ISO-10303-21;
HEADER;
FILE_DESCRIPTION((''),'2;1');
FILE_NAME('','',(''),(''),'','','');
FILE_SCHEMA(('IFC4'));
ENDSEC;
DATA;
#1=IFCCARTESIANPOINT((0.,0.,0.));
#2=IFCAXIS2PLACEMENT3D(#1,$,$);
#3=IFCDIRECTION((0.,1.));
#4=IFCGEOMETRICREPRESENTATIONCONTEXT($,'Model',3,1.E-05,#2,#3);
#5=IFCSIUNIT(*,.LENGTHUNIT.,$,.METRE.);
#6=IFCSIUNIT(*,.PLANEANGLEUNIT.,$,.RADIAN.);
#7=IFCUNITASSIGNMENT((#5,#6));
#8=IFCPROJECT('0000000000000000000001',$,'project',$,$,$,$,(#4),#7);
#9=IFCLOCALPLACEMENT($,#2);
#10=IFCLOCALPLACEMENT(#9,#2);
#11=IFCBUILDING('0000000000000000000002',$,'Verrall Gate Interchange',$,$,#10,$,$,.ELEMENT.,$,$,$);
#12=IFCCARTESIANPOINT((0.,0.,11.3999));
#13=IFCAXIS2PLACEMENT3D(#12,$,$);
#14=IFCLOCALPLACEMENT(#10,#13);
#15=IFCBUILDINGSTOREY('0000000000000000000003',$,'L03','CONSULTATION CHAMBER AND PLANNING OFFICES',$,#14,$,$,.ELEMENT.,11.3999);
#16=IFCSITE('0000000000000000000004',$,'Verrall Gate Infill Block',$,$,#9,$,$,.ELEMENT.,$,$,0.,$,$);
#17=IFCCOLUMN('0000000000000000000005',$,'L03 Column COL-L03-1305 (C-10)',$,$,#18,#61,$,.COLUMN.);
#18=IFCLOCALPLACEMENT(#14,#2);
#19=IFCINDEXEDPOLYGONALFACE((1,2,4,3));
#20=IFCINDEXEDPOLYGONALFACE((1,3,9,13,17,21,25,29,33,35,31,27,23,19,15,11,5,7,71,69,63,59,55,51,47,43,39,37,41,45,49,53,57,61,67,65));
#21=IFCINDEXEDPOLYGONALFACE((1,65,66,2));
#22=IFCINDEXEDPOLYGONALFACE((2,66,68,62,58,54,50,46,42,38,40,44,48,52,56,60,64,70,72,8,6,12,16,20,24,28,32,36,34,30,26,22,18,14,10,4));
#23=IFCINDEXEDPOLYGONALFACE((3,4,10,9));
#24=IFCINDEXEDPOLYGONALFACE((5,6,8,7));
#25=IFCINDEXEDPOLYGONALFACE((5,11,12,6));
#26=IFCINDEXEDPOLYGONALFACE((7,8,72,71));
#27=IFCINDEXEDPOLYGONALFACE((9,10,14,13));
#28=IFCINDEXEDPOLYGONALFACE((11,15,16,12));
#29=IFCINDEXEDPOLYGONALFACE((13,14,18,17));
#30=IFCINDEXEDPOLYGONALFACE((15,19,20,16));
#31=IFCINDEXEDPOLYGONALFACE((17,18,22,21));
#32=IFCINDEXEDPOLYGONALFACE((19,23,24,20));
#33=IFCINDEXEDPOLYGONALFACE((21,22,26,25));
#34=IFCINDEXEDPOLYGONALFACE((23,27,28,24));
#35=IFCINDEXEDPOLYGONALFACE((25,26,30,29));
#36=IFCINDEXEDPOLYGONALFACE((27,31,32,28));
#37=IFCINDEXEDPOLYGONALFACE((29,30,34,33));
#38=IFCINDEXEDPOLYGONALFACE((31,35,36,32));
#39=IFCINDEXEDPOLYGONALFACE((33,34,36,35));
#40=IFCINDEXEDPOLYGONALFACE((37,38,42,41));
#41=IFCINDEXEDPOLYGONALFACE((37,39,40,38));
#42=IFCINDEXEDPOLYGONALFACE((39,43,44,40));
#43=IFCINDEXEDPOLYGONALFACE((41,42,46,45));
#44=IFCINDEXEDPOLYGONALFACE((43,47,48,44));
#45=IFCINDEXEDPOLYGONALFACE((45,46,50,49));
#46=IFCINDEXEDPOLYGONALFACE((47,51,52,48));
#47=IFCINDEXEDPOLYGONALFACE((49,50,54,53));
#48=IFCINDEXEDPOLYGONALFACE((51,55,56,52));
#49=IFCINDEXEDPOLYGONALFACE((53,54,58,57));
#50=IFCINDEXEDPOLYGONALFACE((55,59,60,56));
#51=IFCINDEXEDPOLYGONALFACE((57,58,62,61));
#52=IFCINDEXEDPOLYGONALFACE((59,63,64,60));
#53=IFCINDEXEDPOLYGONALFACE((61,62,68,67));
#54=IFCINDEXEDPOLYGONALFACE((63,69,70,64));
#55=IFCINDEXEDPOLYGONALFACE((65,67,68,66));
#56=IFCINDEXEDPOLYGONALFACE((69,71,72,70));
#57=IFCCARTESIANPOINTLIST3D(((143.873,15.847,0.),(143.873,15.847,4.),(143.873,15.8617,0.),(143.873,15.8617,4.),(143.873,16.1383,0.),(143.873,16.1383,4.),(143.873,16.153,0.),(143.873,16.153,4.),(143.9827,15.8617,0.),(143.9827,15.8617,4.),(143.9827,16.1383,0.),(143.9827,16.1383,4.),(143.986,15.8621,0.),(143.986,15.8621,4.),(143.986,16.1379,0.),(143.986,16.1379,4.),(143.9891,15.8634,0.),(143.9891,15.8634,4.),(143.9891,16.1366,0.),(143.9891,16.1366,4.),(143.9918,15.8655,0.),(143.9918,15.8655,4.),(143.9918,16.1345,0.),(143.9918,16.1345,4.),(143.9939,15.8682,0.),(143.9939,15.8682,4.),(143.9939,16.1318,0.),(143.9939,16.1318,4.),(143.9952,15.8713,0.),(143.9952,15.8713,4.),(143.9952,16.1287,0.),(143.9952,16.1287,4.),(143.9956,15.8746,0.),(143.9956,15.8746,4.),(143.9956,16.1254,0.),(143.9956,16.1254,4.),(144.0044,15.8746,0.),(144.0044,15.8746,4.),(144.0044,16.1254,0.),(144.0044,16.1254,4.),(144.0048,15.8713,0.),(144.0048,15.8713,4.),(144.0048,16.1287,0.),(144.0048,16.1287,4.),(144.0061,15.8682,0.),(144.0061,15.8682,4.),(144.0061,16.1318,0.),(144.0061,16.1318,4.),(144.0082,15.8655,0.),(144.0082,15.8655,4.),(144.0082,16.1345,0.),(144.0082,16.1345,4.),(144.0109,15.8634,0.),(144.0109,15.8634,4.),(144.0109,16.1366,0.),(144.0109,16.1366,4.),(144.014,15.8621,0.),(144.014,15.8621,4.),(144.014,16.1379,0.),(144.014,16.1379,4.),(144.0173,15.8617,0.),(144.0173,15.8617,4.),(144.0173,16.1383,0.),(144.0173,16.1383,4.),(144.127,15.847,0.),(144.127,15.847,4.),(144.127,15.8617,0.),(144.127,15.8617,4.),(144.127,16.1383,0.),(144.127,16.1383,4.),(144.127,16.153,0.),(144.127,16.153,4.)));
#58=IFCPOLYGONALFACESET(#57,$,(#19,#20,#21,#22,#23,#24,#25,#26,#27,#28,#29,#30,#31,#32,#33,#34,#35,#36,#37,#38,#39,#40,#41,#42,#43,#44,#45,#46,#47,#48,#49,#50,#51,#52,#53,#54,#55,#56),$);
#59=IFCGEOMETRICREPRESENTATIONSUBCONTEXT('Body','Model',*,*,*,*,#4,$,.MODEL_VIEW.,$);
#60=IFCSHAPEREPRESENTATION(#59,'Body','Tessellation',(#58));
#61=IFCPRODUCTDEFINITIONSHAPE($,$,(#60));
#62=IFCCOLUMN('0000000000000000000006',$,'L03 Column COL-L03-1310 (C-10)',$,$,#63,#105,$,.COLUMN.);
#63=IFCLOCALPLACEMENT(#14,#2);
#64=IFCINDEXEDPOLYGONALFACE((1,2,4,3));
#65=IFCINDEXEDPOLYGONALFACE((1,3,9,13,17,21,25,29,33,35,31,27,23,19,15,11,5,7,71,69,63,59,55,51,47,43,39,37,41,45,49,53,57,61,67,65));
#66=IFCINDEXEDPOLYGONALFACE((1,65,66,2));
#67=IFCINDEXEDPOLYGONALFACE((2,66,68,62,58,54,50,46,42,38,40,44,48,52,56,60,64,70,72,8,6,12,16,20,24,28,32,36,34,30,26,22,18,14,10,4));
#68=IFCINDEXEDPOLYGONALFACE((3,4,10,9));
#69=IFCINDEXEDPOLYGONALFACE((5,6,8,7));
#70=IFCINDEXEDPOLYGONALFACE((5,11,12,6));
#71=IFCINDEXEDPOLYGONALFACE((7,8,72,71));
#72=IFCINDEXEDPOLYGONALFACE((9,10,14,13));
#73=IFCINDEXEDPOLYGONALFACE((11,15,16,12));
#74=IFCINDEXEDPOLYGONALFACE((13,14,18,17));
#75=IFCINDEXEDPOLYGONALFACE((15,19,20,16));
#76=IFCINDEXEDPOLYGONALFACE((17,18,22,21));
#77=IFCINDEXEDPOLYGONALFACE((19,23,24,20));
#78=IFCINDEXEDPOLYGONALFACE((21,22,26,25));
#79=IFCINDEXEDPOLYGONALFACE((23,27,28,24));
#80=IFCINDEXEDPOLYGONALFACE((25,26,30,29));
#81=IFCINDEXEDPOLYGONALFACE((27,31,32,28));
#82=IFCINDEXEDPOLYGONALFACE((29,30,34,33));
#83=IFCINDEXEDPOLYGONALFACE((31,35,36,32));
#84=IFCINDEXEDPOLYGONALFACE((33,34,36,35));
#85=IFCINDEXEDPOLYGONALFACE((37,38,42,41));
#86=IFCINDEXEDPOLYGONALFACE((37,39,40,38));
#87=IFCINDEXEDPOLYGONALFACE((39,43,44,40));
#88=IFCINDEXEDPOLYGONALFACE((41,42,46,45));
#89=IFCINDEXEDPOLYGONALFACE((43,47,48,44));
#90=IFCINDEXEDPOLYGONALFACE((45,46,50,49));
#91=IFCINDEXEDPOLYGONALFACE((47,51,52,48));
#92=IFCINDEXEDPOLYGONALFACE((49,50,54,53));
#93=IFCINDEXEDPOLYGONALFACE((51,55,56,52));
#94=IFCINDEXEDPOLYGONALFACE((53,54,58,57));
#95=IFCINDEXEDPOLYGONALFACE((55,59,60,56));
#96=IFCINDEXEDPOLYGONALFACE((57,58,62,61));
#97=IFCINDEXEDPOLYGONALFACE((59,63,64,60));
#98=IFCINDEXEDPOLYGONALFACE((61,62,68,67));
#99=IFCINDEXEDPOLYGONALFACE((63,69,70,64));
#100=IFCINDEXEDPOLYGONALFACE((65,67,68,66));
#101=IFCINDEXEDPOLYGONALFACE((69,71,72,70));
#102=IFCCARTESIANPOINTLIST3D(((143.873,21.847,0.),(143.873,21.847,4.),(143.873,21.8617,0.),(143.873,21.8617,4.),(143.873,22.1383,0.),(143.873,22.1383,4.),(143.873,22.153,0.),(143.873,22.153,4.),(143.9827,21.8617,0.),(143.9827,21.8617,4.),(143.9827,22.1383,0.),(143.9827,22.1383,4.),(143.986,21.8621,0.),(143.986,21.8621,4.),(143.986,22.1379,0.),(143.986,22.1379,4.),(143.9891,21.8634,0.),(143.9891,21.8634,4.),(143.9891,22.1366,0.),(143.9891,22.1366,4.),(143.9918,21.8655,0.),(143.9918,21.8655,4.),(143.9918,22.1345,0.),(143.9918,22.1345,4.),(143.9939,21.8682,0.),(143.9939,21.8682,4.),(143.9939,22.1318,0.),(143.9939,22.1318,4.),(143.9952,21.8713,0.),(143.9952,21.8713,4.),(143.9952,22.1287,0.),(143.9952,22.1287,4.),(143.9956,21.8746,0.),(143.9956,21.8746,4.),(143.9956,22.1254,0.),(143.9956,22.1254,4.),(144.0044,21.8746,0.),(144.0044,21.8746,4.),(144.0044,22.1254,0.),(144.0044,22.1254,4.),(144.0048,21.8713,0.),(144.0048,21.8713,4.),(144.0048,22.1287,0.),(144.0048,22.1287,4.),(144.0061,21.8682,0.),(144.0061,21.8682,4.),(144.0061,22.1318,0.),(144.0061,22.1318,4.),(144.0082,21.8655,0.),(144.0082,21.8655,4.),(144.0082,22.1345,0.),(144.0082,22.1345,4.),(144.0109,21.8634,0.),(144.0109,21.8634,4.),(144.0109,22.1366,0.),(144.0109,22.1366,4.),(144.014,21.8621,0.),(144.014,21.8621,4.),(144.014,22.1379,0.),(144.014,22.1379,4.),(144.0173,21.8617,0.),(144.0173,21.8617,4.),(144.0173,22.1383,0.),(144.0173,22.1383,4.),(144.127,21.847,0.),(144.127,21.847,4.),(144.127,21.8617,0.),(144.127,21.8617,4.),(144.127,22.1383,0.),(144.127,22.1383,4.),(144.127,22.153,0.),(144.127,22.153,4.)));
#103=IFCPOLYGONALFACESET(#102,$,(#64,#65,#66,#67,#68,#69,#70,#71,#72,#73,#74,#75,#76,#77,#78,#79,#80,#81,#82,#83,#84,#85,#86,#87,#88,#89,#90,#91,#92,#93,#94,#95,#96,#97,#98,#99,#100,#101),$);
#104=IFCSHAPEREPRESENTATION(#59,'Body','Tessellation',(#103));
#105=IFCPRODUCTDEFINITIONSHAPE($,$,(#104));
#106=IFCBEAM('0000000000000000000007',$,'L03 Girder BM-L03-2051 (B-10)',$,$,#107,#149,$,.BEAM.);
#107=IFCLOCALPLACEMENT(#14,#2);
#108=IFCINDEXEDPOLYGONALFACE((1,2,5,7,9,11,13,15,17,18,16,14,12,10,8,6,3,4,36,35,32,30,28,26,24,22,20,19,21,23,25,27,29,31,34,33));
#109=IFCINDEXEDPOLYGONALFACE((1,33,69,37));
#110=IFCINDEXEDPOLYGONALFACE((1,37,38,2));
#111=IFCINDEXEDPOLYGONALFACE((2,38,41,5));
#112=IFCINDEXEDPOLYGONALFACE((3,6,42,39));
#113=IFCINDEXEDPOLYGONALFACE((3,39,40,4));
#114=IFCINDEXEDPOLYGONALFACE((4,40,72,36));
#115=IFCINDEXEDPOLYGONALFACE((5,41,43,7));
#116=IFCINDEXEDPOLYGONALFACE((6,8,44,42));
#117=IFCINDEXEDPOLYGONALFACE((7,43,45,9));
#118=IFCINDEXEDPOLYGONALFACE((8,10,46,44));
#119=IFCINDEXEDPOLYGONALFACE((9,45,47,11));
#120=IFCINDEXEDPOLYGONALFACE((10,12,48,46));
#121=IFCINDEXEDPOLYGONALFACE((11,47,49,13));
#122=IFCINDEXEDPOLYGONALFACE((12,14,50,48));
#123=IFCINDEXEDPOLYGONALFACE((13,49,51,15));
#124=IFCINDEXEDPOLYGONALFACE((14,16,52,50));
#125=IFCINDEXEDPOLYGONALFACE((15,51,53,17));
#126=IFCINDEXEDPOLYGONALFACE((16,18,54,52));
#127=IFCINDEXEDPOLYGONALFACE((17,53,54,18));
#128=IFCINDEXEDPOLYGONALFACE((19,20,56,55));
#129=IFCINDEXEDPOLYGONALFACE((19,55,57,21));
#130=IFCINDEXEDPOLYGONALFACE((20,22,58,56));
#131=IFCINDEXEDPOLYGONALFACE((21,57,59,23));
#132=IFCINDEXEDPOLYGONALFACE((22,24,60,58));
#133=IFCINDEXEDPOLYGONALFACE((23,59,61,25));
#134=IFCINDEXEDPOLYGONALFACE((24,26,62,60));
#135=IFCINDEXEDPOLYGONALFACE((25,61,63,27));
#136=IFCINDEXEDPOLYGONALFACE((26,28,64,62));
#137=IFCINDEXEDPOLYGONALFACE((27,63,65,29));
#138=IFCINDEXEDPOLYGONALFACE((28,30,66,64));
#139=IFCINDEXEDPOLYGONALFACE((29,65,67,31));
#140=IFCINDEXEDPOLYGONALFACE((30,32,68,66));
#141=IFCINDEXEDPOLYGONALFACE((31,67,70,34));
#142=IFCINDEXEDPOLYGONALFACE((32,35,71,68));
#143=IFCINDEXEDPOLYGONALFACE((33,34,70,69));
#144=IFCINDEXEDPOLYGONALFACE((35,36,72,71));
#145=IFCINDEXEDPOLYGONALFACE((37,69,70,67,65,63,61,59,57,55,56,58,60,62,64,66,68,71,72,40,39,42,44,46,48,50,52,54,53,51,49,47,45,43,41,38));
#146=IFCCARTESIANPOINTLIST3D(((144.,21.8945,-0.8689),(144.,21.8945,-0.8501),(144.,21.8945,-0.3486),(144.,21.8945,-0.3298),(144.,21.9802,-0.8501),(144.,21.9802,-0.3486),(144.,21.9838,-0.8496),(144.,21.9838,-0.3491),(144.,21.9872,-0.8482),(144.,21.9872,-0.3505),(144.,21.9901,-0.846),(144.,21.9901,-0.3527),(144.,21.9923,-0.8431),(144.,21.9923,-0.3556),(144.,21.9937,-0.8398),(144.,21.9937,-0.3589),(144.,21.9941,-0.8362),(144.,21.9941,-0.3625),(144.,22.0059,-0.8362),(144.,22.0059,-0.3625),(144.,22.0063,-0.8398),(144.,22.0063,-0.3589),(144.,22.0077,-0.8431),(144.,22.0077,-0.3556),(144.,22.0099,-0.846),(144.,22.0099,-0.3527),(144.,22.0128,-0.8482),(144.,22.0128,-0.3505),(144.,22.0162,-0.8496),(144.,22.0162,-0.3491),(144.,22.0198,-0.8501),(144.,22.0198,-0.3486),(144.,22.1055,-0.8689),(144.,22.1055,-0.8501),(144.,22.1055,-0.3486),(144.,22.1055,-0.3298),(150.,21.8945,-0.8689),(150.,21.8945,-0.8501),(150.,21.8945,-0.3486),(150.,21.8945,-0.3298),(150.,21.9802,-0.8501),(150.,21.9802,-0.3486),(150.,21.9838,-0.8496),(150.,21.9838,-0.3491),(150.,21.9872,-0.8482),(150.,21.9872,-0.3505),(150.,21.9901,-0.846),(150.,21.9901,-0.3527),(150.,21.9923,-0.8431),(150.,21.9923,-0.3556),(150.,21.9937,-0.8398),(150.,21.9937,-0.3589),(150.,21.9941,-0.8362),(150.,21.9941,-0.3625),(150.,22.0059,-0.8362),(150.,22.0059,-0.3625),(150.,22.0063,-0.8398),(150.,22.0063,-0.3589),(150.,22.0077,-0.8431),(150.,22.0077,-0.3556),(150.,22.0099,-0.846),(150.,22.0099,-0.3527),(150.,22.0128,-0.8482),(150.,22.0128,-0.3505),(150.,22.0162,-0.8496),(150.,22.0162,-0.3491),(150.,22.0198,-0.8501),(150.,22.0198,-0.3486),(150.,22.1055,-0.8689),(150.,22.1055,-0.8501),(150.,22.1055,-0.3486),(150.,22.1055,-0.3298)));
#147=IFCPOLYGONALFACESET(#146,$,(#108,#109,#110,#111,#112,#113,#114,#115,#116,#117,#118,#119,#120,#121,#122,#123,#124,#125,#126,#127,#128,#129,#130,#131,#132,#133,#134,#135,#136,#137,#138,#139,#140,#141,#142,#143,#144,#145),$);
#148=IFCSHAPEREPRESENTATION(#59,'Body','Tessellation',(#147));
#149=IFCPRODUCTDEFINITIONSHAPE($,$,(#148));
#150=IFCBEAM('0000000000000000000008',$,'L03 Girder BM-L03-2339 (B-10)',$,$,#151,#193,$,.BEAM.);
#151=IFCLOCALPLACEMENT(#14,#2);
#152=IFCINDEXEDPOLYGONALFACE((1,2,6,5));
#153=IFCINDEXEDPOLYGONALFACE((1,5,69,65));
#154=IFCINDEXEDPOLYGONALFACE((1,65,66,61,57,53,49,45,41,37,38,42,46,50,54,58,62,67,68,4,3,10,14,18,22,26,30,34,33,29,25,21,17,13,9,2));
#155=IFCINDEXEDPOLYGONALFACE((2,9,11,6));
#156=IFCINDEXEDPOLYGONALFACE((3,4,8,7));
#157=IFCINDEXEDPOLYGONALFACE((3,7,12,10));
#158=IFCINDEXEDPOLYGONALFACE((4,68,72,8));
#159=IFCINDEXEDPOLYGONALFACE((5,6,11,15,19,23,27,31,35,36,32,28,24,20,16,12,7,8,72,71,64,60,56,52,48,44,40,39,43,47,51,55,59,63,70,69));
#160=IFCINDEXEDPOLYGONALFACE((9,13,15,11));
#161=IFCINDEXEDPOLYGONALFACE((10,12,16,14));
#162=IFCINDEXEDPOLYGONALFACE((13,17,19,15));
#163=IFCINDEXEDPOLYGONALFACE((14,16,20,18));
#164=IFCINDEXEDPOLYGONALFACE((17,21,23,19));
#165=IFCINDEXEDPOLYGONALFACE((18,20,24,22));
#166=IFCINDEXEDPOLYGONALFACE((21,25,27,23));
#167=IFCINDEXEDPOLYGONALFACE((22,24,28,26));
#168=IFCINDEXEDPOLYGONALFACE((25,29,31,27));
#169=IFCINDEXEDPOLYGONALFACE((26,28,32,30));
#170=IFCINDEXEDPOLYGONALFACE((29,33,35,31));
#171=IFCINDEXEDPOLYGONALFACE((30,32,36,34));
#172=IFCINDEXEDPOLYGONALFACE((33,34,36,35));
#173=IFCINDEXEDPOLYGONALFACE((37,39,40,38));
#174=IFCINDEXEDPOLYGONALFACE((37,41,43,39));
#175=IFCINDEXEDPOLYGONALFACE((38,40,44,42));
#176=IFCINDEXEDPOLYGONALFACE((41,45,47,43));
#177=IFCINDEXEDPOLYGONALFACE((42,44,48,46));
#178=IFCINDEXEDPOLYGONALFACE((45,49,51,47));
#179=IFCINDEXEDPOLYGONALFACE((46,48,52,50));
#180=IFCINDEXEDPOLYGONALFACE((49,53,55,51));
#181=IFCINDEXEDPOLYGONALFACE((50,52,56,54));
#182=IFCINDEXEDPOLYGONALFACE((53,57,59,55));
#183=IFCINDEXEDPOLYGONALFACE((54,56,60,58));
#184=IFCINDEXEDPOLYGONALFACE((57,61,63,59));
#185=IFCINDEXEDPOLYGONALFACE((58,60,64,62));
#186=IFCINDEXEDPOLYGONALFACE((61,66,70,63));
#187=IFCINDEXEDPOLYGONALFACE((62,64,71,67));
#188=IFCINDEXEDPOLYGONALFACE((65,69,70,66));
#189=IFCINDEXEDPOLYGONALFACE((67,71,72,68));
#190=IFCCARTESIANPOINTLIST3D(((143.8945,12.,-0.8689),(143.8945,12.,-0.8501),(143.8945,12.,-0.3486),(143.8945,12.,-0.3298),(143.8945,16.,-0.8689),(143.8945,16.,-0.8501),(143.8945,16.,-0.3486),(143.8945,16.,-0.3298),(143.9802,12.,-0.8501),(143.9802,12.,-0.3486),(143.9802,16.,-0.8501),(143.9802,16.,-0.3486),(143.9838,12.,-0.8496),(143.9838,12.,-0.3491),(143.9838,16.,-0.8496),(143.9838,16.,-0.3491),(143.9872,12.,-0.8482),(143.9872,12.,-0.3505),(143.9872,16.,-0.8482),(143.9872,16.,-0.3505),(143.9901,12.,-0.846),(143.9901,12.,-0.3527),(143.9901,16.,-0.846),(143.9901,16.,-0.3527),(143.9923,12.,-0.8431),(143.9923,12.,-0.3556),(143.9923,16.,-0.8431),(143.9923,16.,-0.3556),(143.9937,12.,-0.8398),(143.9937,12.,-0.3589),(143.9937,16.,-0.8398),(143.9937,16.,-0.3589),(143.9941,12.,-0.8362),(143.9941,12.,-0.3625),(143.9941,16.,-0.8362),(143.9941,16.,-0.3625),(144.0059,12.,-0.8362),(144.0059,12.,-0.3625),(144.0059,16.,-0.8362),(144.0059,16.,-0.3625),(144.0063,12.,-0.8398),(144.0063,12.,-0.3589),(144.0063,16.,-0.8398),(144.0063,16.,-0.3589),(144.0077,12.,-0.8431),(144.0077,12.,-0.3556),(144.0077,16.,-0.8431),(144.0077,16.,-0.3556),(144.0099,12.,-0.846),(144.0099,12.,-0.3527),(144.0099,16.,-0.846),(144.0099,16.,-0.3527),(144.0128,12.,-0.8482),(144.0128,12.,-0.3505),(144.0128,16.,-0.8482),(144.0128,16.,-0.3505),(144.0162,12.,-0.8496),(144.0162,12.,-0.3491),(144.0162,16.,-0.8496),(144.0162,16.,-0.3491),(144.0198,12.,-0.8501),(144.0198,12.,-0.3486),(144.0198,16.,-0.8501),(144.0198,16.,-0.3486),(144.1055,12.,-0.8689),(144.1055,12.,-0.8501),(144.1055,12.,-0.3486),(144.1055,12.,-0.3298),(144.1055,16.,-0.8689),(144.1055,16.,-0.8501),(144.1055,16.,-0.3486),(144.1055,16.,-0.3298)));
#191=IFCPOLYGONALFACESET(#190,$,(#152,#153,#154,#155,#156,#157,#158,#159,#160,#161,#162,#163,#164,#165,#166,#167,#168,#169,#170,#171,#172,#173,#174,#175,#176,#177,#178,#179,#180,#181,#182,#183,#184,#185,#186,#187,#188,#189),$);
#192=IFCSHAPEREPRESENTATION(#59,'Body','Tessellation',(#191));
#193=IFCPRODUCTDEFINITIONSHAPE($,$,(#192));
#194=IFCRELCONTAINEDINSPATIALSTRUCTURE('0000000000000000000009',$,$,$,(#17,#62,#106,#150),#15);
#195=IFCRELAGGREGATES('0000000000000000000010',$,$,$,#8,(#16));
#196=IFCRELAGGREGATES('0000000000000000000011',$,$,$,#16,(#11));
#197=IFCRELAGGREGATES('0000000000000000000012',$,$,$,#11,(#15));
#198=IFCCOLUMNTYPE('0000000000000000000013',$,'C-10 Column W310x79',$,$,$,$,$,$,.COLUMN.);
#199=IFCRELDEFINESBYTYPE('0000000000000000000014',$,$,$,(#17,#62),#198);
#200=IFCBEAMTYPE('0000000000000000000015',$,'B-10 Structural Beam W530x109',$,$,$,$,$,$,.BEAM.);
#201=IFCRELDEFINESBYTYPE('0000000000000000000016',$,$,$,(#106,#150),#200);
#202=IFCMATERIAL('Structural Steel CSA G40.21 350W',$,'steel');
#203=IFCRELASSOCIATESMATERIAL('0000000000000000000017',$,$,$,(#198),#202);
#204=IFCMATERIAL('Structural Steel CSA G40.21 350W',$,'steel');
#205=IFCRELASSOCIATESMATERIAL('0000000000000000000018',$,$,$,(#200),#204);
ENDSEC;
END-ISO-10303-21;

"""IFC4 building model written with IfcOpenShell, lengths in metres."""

from ifc_helpers import new_model, si_unit, direction, frame, origin, origin_2d, place, context, subcontext, project, spatial, i_section, extrude, material, material_profile, profile_set, type_object, element, save


model = new_model("IFC4")

# Units and contexts
model_context = context("Model", 3, precision=1e-05, world=origin(), true_north=direction((0.0, 1.0)))
body_context = subcontext(model_context, "Body", "Model", "MODEL_VIEW")
ifc_project = project(units=[si_unit("LENGTHUNIT", "METRE"), si_unit("PLANEANGLEUNIT", "RADIAN")], contexts=[model_context])

# Site, building, storey
site_placement = place(None, origin())
site = spatial("IfcSite", under=ifc_project, at=site_placement, Name="Verrall Gate Infill Block", CompositionType="ELEMENT", RefElevation=0.0)
building_placement = place(site_placement, origin())
building = spatial("IfcBuilding", under=site, at=building_placement, Name="Verrall Gate Interchange", CompositionType="ELEMENT")
storey_placement = place(building_placement, frame((0.0, 0.0, 11.3999)))
storey = spatial("IfcBuildingStorey", under=building, at=storey_placement, Name="L03", Description="CONSULTATION CHAMBER AND PLANNING OFFICES", CompositionType="ELEMENT", Elevation=11.3999)

# Columns
ifc_material_1 = material(Name="Structural Steel CSA G40.21 350W", Category="steel")
ifc_material_profile_1 = material_profile(ifc_material_1, i_section(OverallWidth=0.2539, OverallDepth=0.3059, WebThickness=0.0088, FlangeThickness=0.0146, FilletRadius=0.0129, at=origin_2d()), Name="W310x79")
ifc_profile_set_1 = profile_set([ifc_material_profile_1], Name="Structural Steel CSA G40.21 350W")
column_type = type_object("IfcColumnType", Name="C-10 Column W310x79", PredefinedType="COLUMN", material=ifc_profile_set_1)
for number, where, z_axis, x_axis, name in (
    (1, (144.0, 16.0, 0.0), (0.0, 0.0, 1.0), (1.0, 0.0, 0.0), "L03 Column COL-L03-1305 (C-10)"),
    (2, (144.0, 22.0, 0.0), (0.0, 0.0, 1.0), (1.0, 0.0, 0.0), "L03 Column COL-L03-1310 (C-10)"),
):
    element("IfcColumn", number, at=place(storey_placement, frame(where, z_axis=z_axis, x_axis=x_axis)), inside=storey, type_object=column_type, Name=name, PredefinedType="COLUMN", context=body_context, shape_type="SweptSolid", body=[
        extrude(i_section(OverallWidth=0.2539, OverallDepth=0.3059, WebThickness=0.0088, FlangeThickness=0.0146, FilletRadius=0.0129, at=origin_2d()), origin(), (0.0, 0.0, 1.0), 4.0),
    ])

# Beams
ifc_material_2 = material(Name="Structural Steel CSA G40.21 350W", Category="steel")
ifc_material_profile_2 = material_profile(ifc_material_2, i_section(OverallWidth=0.2109, OverallDepth=0.5391, WebThickness=0.0117, FlangeThickness=0.0188, FilletRadius=0.0139, at=origin_2d()), Name="W530x109")
ifc_profile_set_2 = profile_set([ifc_material_profile_2], Name="Structural Steel CSA G40.21 350W")
beam_type_1 = type_object("IfcBeamType", Name="B-10 Structural Beam W530x109", PredefinedType="BEAM", material=ifc_profile_set_2)
beam_1_placement = place(storey_placement, frame((144.0, 22.0, -0.5994), z_axis=(1.0, 0.0, 0.0), x_axis=(0.0, 1.0, 0.0)))
element("IfcBeam", 3, at=beam_1_placement, inside=storey, type_object=beam_type_1, Name="L03 Girder BM-L03-2051 (B-10)", PredefinedType="BEAM", context=body_context, shape_type="SweptSolid", body=[
    extrude(i_section(OverallWidth=0.2109, OverallDepth=0.5391, WebThickness=0.0117, FlangeThickness=0.0188, FilletRadius=0.0139, at=origin_2d()), origin(), (0.0, 0.0, 1.0), 6.0),
])
beam_2_placement = place(storey_placement, frame((144.0, 12.0, -0.5994), z_axis=(0.0, 1.0, 0.0), x_axis=(-1.0, 0.0, 0.0)))
element("IfcBeam", 4, at=beam_2_placement, inside=storey, type_object=beam_type_1, Name="L03 Girder BM-L03-2339 (B-10)", PredefinedType="BEAM", context=body_context, shape_type="SweptSolid", body=[
    extrude(i_section(OverallWidth=0.2109, OverallDepth=0.5391, WebThickness=0.0117, FlangeThickness=0.0188, FilletRadius=0.0139, at=origin_2d()), origin(), (0.0, 0.0, 1.0), 4.0),
])

save(model, "model.ifc")
